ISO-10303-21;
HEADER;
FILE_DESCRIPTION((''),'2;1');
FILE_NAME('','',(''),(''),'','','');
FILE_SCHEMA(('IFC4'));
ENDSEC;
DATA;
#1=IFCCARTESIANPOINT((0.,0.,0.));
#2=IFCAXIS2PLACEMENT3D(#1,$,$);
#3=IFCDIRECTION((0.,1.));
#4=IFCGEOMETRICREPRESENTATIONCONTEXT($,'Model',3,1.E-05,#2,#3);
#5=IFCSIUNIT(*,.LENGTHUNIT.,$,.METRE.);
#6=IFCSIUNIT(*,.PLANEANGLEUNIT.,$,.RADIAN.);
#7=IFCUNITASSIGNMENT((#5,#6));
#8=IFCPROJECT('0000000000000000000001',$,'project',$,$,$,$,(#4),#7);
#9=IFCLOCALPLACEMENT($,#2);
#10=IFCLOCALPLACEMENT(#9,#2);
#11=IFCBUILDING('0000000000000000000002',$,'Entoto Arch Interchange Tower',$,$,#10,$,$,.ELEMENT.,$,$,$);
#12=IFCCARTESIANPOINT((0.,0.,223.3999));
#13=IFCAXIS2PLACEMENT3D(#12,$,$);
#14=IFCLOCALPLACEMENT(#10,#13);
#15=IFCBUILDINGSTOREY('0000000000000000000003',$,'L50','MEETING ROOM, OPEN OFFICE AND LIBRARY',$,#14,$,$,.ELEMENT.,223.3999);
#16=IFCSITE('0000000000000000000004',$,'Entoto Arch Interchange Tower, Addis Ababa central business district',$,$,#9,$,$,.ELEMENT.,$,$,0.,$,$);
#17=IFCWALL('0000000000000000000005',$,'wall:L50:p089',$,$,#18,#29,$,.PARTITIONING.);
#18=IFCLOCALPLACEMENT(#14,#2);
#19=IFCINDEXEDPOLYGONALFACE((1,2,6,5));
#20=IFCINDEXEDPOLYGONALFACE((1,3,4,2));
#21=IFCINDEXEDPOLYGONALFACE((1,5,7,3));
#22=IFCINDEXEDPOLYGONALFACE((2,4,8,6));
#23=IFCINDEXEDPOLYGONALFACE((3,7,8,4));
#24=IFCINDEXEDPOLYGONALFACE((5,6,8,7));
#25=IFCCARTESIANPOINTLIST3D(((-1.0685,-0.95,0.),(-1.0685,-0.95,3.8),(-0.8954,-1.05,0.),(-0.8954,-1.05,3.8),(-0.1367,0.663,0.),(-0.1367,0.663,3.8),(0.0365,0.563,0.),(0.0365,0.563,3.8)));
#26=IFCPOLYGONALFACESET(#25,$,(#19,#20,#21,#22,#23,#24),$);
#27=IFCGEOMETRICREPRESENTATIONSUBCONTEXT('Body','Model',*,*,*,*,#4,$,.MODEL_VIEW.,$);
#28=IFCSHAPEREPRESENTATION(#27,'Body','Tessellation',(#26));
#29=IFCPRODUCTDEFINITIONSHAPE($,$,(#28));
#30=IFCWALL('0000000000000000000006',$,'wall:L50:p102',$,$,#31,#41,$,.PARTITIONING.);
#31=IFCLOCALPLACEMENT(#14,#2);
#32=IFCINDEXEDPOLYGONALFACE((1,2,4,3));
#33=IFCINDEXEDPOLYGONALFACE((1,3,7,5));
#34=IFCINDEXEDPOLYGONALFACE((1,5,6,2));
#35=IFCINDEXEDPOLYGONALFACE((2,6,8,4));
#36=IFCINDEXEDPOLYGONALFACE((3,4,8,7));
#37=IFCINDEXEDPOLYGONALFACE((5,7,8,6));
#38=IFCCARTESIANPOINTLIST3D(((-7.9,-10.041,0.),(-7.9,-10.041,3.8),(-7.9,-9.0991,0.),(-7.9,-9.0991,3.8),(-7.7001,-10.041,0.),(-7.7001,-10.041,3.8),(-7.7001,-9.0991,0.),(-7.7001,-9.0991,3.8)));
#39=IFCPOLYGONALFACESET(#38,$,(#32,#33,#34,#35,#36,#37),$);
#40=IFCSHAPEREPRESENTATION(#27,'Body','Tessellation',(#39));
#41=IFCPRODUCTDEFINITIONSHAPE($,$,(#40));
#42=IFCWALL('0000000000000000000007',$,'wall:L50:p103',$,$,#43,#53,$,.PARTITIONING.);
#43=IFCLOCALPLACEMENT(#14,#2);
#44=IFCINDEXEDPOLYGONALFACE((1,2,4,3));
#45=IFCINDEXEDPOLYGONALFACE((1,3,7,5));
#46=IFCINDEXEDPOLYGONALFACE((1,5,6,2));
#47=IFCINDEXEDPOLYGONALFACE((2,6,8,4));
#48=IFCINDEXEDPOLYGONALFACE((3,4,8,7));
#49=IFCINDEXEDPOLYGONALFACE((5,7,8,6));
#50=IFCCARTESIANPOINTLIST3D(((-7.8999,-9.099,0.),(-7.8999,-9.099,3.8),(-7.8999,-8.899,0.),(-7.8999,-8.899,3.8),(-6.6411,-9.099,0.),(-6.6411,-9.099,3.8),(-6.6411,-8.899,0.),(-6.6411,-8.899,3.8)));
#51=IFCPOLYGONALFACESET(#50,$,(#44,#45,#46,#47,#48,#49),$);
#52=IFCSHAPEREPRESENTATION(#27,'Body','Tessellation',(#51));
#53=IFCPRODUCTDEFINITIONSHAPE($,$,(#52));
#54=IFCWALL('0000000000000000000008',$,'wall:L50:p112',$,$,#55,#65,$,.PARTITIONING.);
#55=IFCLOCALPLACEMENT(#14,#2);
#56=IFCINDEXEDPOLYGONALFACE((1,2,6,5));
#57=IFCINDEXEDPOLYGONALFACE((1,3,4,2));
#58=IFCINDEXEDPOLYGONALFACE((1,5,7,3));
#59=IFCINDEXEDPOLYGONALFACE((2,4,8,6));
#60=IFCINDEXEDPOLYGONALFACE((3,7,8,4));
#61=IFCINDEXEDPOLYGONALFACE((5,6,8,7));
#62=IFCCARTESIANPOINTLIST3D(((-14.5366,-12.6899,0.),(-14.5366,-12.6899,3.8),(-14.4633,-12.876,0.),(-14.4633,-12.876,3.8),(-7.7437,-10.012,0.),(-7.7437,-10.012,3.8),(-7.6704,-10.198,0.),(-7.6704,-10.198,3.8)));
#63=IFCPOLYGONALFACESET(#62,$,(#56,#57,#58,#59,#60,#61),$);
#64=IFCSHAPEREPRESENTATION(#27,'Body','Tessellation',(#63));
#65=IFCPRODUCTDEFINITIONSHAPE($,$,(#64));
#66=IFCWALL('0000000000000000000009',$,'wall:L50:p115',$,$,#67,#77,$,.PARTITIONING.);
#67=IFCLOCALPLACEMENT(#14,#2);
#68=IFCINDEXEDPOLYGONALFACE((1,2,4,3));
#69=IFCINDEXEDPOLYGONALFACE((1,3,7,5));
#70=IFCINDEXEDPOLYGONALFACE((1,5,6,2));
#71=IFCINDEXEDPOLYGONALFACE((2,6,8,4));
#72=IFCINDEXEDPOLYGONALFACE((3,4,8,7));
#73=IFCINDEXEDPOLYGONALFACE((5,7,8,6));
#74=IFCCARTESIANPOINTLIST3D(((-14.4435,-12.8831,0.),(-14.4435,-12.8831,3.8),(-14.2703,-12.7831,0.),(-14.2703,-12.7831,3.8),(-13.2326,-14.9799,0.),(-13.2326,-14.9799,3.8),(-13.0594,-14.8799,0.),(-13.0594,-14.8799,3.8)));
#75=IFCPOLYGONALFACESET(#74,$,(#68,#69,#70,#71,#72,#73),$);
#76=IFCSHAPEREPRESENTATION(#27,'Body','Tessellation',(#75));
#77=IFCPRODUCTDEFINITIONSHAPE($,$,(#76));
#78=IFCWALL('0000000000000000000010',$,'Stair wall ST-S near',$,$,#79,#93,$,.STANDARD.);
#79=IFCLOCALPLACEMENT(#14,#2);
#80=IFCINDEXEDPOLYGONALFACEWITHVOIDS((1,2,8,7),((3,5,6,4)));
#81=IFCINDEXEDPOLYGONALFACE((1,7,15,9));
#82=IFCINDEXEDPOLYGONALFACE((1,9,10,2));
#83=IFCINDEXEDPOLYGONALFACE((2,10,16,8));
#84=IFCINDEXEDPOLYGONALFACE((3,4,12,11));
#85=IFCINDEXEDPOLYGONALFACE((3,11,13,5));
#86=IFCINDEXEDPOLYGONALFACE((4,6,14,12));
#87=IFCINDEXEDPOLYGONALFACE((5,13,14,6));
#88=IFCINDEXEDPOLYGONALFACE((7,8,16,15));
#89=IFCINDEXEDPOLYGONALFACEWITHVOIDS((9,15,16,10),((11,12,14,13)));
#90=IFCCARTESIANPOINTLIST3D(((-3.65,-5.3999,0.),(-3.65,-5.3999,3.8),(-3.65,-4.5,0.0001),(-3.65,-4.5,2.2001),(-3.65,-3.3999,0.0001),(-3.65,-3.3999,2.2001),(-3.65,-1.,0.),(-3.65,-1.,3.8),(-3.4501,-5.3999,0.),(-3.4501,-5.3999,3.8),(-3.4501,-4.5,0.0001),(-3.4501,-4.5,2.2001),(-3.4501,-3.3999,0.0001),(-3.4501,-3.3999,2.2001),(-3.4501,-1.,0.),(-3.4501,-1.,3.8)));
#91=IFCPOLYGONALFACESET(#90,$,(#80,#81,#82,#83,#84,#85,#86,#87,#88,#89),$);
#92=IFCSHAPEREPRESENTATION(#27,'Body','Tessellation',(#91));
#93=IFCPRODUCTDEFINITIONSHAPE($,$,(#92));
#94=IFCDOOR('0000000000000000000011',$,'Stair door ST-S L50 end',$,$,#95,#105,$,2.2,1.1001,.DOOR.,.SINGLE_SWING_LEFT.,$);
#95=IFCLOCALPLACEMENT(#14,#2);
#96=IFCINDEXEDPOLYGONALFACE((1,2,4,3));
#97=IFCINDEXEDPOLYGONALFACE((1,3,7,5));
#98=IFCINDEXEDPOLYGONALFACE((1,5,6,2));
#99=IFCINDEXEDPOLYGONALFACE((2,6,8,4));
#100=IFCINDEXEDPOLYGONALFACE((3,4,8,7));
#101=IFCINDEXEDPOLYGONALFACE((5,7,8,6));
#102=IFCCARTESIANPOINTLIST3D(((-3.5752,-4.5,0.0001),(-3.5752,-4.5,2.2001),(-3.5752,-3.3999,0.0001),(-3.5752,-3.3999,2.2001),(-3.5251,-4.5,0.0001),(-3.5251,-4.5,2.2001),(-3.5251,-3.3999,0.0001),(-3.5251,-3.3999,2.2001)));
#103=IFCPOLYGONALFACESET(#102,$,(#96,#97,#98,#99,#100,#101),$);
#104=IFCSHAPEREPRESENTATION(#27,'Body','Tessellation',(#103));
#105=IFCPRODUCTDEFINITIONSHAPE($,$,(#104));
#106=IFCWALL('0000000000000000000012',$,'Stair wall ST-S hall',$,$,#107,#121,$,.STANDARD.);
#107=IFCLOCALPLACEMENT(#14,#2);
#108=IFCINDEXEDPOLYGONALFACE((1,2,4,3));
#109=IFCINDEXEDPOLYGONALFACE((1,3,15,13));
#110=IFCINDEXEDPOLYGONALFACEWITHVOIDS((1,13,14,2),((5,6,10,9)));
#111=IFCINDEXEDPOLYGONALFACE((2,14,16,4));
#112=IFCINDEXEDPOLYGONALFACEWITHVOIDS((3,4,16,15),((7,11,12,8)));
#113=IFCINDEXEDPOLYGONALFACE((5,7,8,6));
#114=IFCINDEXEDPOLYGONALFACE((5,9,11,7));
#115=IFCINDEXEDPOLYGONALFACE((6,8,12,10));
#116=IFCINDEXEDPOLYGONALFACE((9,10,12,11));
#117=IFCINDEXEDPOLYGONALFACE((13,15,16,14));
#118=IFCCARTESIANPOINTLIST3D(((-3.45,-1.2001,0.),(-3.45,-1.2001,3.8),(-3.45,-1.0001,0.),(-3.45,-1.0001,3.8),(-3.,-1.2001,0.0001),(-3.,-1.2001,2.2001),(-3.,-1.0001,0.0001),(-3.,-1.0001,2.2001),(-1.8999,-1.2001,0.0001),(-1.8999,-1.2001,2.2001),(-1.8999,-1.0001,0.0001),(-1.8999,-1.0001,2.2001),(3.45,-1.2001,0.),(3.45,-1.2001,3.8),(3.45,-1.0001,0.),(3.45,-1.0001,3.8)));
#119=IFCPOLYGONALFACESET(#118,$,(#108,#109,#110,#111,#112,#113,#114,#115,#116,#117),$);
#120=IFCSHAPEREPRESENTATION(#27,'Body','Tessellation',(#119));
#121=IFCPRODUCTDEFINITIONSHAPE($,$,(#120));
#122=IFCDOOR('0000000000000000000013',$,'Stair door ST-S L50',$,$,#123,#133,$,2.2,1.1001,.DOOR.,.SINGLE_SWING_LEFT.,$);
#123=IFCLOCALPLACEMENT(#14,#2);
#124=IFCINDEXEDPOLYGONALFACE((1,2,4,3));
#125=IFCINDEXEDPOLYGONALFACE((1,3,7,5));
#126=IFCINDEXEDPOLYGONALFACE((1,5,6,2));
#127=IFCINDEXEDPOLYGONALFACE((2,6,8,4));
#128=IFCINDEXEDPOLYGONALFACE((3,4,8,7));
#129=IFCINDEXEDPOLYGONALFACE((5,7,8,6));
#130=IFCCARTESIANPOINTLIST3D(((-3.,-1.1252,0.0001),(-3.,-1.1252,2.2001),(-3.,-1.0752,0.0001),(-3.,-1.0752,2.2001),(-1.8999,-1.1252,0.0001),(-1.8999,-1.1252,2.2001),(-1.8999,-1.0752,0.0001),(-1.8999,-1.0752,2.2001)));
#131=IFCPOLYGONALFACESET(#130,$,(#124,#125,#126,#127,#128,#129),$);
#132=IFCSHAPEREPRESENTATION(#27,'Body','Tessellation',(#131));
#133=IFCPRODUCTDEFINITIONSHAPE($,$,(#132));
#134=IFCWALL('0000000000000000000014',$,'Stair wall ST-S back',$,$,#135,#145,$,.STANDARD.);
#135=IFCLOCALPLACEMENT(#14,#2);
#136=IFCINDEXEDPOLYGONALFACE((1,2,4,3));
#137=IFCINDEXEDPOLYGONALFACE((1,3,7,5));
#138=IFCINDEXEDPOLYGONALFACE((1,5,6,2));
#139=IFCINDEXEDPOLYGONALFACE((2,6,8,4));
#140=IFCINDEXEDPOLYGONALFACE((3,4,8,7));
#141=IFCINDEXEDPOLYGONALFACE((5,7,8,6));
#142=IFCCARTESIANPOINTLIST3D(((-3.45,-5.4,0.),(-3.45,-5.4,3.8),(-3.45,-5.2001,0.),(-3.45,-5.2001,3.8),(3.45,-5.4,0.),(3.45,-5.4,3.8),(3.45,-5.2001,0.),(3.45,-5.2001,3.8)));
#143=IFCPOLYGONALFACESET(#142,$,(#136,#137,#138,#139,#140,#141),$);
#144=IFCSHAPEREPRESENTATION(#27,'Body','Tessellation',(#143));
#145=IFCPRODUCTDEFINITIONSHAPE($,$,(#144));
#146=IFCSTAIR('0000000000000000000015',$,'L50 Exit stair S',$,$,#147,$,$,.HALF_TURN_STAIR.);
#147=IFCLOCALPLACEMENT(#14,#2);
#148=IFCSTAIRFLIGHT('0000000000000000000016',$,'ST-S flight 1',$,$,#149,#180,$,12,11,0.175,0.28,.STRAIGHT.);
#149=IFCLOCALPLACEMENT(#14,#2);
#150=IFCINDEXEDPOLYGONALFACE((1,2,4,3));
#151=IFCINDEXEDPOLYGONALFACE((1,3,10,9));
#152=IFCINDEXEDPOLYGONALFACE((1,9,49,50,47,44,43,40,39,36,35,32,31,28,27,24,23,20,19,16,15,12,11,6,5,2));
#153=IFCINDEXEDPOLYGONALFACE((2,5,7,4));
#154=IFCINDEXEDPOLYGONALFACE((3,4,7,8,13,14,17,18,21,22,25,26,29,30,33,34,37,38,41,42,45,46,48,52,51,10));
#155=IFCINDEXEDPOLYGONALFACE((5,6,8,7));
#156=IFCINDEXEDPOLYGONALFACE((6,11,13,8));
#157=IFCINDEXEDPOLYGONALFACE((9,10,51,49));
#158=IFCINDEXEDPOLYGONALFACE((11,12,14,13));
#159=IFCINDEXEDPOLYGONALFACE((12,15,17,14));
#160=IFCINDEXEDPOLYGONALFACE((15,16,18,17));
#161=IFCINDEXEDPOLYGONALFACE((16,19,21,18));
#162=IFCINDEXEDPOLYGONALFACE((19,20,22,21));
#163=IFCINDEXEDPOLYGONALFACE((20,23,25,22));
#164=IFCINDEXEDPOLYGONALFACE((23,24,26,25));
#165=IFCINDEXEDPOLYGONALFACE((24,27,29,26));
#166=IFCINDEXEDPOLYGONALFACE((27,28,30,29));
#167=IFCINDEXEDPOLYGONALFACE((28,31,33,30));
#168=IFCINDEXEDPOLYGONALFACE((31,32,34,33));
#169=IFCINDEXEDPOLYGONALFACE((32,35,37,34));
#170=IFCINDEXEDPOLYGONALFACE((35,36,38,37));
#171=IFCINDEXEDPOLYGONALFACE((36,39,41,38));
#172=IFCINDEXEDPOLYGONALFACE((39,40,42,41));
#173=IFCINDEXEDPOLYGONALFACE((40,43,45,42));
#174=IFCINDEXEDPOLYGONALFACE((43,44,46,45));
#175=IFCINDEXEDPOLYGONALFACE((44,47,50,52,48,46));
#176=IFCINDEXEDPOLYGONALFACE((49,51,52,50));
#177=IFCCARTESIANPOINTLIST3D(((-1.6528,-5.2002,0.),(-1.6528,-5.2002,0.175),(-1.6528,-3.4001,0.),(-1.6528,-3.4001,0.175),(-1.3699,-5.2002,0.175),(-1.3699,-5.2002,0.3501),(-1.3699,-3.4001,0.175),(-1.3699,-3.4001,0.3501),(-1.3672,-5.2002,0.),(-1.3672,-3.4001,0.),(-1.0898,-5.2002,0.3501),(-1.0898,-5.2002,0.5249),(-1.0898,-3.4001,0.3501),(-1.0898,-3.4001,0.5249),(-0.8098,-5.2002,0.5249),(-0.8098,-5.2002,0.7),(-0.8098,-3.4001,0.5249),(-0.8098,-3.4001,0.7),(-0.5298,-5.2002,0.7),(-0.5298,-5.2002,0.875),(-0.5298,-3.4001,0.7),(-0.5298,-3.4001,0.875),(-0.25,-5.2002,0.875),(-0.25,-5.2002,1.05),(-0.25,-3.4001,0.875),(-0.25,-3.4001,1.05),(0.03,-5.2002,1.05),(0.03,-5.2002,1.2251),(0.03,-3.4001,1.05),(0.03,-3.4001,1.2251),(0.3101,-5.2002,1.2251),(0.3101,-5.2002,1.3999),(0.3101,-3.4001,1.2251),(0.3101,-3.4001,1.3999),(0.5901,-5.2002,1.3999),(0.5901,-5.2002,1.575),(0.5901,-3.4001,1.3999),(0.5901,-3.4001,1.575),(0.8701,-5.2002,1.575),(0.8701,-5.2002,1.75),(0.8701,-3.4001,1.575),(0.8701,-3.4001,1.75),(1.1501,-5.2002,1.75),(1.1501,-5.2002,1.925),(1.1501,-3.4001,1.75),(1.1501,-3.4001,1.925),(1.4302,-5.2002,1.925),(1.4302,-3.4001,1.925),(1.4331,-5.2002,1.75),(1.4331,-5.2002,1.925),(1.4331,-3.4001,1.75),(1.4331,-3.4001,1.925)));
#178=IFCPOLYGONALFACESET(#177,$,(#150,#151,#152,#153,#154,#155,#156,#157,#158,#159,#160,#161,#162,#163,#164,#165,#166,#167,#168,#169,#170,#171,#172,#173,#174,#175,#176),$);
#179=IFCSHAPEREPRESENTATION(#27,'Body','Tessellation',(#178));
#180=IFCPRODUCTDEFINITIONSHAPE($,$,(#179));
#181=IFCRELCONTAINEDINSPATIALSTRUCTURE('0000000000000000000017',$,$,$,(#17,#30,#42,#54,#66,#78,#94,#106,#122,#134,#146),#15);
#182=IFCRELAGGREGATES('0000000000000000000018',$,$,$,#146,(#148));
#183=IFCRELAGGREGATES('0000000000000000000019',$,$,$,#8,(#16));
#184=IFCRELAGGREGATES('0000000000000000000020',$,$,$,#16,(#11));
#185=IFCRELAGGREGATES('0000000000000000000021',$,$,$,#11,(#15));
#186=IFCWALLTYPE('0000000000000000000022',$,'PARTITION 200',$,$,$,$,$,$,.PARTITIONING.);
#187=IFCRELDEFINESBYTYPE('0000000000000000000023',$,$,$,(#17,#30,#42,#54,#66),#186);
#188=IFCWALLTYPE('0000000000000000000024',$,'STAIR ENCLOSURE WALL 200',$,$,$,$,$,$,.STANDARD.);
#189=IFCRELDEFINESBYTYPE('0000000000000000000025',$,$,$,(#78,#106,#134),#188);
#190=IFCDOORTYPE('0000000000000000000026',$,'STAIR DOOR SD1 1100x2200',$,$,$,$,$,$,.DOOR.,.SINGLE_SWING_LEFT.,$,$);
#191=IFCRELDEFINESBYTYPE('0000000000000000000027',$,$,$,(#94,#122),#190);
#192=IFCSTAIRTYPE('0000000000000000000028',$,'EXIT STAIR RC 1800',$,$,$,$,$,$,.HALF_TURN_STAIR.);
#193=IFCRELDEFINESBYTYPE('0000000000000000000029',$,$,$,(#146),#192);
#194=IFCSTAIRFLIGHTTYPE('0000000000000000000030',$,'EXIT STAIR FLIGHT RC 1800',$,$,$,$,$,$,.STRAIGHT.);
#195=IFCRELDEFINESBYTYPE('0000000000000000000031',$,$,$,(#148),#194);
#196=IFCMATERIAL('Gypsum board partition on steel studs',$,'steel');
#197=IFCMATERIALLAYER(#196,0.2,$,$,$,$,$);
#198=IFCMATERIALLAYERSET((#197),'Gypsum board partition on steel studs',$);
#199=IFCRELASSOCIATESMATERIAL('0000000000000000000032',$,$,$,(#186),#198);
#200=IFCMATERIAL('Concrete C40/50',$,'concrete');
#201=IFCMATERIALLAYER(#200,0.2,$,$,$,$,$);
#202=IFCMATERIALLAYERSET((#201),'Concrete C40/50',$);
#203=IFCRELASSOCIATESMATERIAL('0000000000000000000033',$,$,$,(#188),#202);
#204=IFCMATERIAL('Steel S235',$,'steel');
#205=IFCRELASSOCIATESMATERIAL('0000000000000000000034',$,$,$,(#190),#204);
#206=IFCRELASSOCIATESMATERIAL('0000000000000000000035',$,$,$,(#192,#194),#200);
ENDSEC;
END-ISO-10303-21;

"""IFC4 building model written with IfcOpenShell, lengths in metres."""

from ifc_helpers import new_model, si_unit, direction, frame, frame_2d, origin, place, context, subcontext, project, spatial, polyline, rectangle, outline, extrude, material, layer, layer_set, type_object, element, fill, aggregate, save


model = new_model("IFC4")

# Units and contexts
model_context = context("Model", 3, precision=1e-05, world=origin(), true_north=direction((0.0, 1.0)))
body_context = subcontext(model_context, "Body", "Model", "MODEL_VIEW")
ifc_project = project(units=[si_unit("LENGTHUNIT", "METRE"), si_unit("PLANEANGLEUNIT", "RADIAN")], contexts=[model_context])

# Site, building, storey
site_placement = place(None, origin())
site = spatial("IfcSite", under=ifc_project, at=site_placement, Name="Entoto Arch Interchange Tower, Addis Ababa central business district", CompositionType="ELEMENT", RefElevation=0.0)
building_placement = place(site_placement, origin())
building = spatial("IfcBuilding", under=site, at=building_placement, Name="Entoto Arch Interchange Tower", CompositionType="ELEMENT")
storey_placement = place(building_placement, frame((0.0, 0.0, 223.3999)))
storey = spatial("IfcBuildingStorey", under=building, at=storey_placement, Name="L50", Description="MEETING ROOM, OPEN OFFICE AND LIBRARY", CompositionType="ELEMENT", Elevation=223.3999)

# Shared definitions
ifc_material_1 = material(Name="Concrete C40/50", Category="concrete")

# Shared definitions
ifc_material_2 = material(Name="Gypsum board partition on steel studs", Category="steel")
ifc_layer_1 = layer(ifc_material_2, 0.2)
ifc_layer_set_1 = layer_set([ifc_layer_1], Name="Gypsum board partition on steel studs")
wall_type_1 = type_object("IfcWallType", Name="PARTITION 200", PredefinedType="PARTITIONING", material=ifc_layer_set_1)

# Walls
wall_1_placement = place(storey_placement, frame((-0.9819, -1.0, 0.0), z_axis=(0.0, 0.0, 1.0), x_axis=(0.50024, 0.865887, 0.0)))
element("IfcWall", 1, at=wall_1_placement, inside=storey, type_object=wall_type_1, Name="wall:L50:p089", PredefinedType="PARTITIONING", context=body_context, shape_type="SweptSolid", body=[
    extrude(rectangle(XDim=1.8628, YDim=0.2, at=frame_2d((0.9314, 0.0))), origin(), (0.0, 0.0, 1.0), 3.8),
])
wall_2_placement = place(storey_placement, frame((-7.8, -10.041, 0.0), z_axis=(0.0, 0.0, 1.0), x_axis=(0.0, 1.0, 0.0)))
element("IfcWall", 2, at=wall_2_placement, inside=storey, type_object=wall_type_1, Name="wall:L50:p102", PredefinedType="PARTITIONING", context=body_context, shape_type="SweptSolid", body=[
    extrude(rectangle(XDim=0.9419, YDim=0.2, at=frame_2d((0.4709, 0.0))), origin(), (0.0, 0.0, 1.0), 3.8),
])
wall_3_placement = place(storey_placement, frame((-7.8999, -8.999, 0.0), z_axis=(0.0, 0.0, 1.0), x_axis=(1.0, 0.0, 0.0)))
element("IfcWall", 3, at=wall_3_placement, inside=storey, type_object=wall_type_1, Name="wall:L50:p103", PredefinedType="PARTITIONING", context=body_context, shape_type="SweptSolid", body=[
    extrude(rectangle(XDim=1.2588, YDim=0.2, at=frame_2d((0.6294, 0.0))), origin(), (0.0, 0.0, 1.0), 3.8),
])
wall_4_placement = place(storey_placement, frame((-7.707, -10.105, 0.0), z_axis=(0.0, 0.0, 1.0), x_axis=(-0.930317, -0.366757, 0.0)))
element("IfcWall", 4, at=wall_4_placement, inside=storey, type_object=wall_type_1, Name="wall:L50:p112", PredefinedType="PARTITIONING", context=body_context, shape_type="SweptSolid", body=[
    extrude(rectangle(XDim=7.3018, YDim=0.2, at=frame_2d((3.6509, 0.0))), origin(), (0.0, 0.0, 1.0), 3.8),
])
wall_5_placement = place(storey_placement, frame((-13.146, -14.9299, 0.0), z_axis=(0.0, 0.0, 1.0), x_axis=(-0.500086, 0.865976, 0.0)))
element("IfcWall", 5, at=wall_5_placement, inside=storey, type_object=wall_type_1, Name="wall:L50:p115", PredefinedType="PARTITIONING", context=body_context, shape_type="SweptSolid", body=[
    extrude(rectangle(XDim=2.4214, YDim=0.2, at=frame_2d((1.2107, 0.0))), origin(), (0.0, 0.0, 1.0), 3.8),
])

# Walls, openings, doors
ifc_layer_2 = layer(ifc_material_1, 0.2)
ifc_layer_set_2 = layer_set([ifc_layer_2], Name="Concrete C40/50")
wall_type_2 = type_object("IfcWallType", Name="STAIR ENCLOSURE WALL 200", PredefinedType="STANDARD", material=ifc_layer_set_2)
wall_6_placement = place(storey_placement, frame((-3.55, -1.0, 0.0), z_axis=(0.0, 0.0, 1.0), x_axis=(0.0, -1.0, 0.0)))
wall_6 = element("IfcWall", 6, at=wall_6_placement, inside=storey, type_object=wall_type_2, Name="Stair wall ST-S near", PredefinedType="STANDARD", context=body_context, shape_type="SweptSolid", body=[
    extrude(rectangle(XDim=4.3999, YDim=0.2, at=frame_2d((2.2, 0.0))), origin(), (0.0, 0.0, 1.0), 3.8),
])
opening_1_placement = place(wall_6_placement, frame((2.3999, 0.0, 0.0)))
opening_1 = element("IfcOpeningElement", 7, at=opening_1_placement, cuts=wall_6, PredefinedType="OPENING", context=body_context, shape_type="SweptSolid", body=[
    extrude(rectangle(XDim=1.1001, YDim=2.2, at=frame_2d((0.55, 1.1001))), frame((0.0, 0.1099, 0.0), z_axis=(0.0, -1.0, 0.0), x_axis=(1.0, 0.0, 0.0)), (0.0, 0.0, 1.0), 0.22),
])
ifc_material_3 = material(Name="Steel S235", Category="steel")
door_type_1 = type_object("IfcDoorType", Name="STAIR DOOR SD1 1100x2200", OperationType="SINGLE_SWING_LEFT", PredefinedType="DOOR", material=ifc_material_3)
door_1_placement = place(opening_1_placement, origin())
door_1 = element("IfcDoor", 8, at=door_1_placement, inside=storey, type_object=door_type_1, Name="Stair door ST-S L50 end", OperationType="SINGLE_SWING_LEFT", OverallHeight=2.2, OverallWidth=1.1001, PredefinedType="DOOR", context=body_context, shape_type="SweptSolid", body=[
    extrude(rectangle(XDim=1.1001, YDim=2.2, at=frame_2d((0.55, 1.1001))), frame((0.0, 0.0249, 0.0), z_axis=(0.0, -1.0, 0.0), x_axis=(1.0, 0.0, 0.0)), (0.0, 0.0, 1.0), 0.05),
])
fill(opening_1, door_1)
wall_7_placement = place(storey_placement, frame((-3.45, -1.1001, 0.0), z_axis=(0.0, 0.0, 1.0), x_axis=(1.0, 0.0, 0.0)))
wall_7 = element("IfcWall", 9, at=wall_7_placement, inside=storey, type_object=wall_type_2, Name="Stair wall ST-S hall", PredefinedType="STANDARD", context=body_context, shape_type="SweptSolid", body=[
    extrude(rectangle(XDim=6.8999, YDim=0.2, at=frame_2d((3.45, 0.0))), origin(), (0.0, 0.0, 1.0), 3.8),
])
opening_2_placement = place(wall_7_placement, frame((0.45, 0.0, 0.0)))
opening_2 = element("IfcOpeningElement", 10, at=opening_2_placement, cuts=wall_7, PredefinedType="OPENING", context=body_context, shape_type="SweptSolid", body=[
    extrude(rectangle(XDim=1.1001, YDim=2.2, at=frame_2d((0.55, 1.1001))), frame((0.0, 0.1099, 0.0), z_axis=(0.0, -1.0, 0.0), x_axis=(1.0, 0.0, 0.0)), (0.0, 0.0, 1.0), 0.22),
])
door_2_placement = place(opening_2_placement, origin())
door_2 = element("IfcDoor", 11, at=door_2_placement, inside=storey, type_object=door_type_1, Name="Stair door ST-S L50", OperationType="SINGLE_SWING_LEFT", OverallHeight=2.2, OverallWidth=1.1001, PredefinedType="DOOR", context=body_context, shape_type="SweptSolid", body=[
    extrude(rectangle(XDim=1.1001, YDim=2.2, at=frame_2d((0.55, 1.1001))), frame((0.0, 0.0249, 0.0), z_axis=(0.0, -1.0, 0.0), x_axis=(1.0, 0.0, 0.0)), (0.0, 0.0, 1.0), 0.05),
])
fill(opening_2, door_2)

# Wall
wall_8_placement = place(storey_placement, frame((-3.45, -5.3, 0.0), z_axis=(0.0, 0.0, 1.0), x_axis=(1.0, 0.0, 0.0)))
element("IfcWall", 12, at=wall_8_placement, inside=storey, type_object=wall_type_2, Name="Stair wall ST-S back", PredefinedType="STANDARD", context=body_context, shape_type="SweptSolid", body=[
    extrude(rectangle(XDim=6.8999, YDim=0.2, at=frame_2d((3.45, 0.0))), origin(), (0.0, 0.0, 1.0), 3.8),
])

# Stair, stair flight
stair_type = type_object("IfcStairType", Name="EXIT STAIR RC 1800", PredefinedType="HALF_TURN_STAIR", material=ifc_material_1)
stair_placement = place(storey_placement, origin())
stair = element("IfcStair", 13, at=stair_placement, inside=storey, type_object=stair_type, Name="L50 Exit stair S", PredefinedType="HALF_TURN_STAIR")
stair_flight_type = type_object("IfcStairFlightType", Name="EXIT STAIR FLIGHT RC 1800", PredefinedType="STRAIGHT", material=ifc_material_1)
stair_flight_placement = place(storey_placement, frame((-1.6499, -4.3, 0.0), z_axis=(0.0, 0.0, 1.0), x_axis=(1.0, 0.0, 0.0)))
stair_flight = element("IfcStairFlight", 14, at=stair_flight_placement, type_object=stair_flight_type, Name="ST-S flight 1", NumberOfRisers=12, NumberOfTreads=11, PredefinedType="STRAIGHT", RiserHeight=0.175, TreadLength=0.28, context=body_context, shape_type="SweptSolid", body=[
    extrude(outline(polyline([(-0.0029, 0.0), (-0.0029, 0.175), (0.28, 0.175), (0.28, 0.3501), (0.5601, 0.3501), (0.5601, 0.5249), (0.8401, 0.5249), (0.8401, 0.7), (1.1201, 0.7), (1.1201, 0.875), (1.3999, 0.875), (1.3999, 1.05), (1.6799, 1.05), (1.6799, 1.2251), (1.96, 1.2251), (1.96, 1.3999), (2.24, 1.3999), (2.24, 1.575), (2.52, 1.575), (2.52, 1.75), (2.8, 1.75), (2.8, 1.925), (3.0801, 1.925), (3.083, 1.925), (3.083, 1.75), (0.2827, 0.0), (-0.0029, 0.0)])), frame((0.0, 0.8999, 0.0), z_axis=(0.0, -1.0, 0.0), x_axis=(1.0, 0.0, 0.0)), (0.0, 0.0, 1.0), 1.8),
])
aggregate(stair, [stair_flight])

save(model, "model.ifc")
